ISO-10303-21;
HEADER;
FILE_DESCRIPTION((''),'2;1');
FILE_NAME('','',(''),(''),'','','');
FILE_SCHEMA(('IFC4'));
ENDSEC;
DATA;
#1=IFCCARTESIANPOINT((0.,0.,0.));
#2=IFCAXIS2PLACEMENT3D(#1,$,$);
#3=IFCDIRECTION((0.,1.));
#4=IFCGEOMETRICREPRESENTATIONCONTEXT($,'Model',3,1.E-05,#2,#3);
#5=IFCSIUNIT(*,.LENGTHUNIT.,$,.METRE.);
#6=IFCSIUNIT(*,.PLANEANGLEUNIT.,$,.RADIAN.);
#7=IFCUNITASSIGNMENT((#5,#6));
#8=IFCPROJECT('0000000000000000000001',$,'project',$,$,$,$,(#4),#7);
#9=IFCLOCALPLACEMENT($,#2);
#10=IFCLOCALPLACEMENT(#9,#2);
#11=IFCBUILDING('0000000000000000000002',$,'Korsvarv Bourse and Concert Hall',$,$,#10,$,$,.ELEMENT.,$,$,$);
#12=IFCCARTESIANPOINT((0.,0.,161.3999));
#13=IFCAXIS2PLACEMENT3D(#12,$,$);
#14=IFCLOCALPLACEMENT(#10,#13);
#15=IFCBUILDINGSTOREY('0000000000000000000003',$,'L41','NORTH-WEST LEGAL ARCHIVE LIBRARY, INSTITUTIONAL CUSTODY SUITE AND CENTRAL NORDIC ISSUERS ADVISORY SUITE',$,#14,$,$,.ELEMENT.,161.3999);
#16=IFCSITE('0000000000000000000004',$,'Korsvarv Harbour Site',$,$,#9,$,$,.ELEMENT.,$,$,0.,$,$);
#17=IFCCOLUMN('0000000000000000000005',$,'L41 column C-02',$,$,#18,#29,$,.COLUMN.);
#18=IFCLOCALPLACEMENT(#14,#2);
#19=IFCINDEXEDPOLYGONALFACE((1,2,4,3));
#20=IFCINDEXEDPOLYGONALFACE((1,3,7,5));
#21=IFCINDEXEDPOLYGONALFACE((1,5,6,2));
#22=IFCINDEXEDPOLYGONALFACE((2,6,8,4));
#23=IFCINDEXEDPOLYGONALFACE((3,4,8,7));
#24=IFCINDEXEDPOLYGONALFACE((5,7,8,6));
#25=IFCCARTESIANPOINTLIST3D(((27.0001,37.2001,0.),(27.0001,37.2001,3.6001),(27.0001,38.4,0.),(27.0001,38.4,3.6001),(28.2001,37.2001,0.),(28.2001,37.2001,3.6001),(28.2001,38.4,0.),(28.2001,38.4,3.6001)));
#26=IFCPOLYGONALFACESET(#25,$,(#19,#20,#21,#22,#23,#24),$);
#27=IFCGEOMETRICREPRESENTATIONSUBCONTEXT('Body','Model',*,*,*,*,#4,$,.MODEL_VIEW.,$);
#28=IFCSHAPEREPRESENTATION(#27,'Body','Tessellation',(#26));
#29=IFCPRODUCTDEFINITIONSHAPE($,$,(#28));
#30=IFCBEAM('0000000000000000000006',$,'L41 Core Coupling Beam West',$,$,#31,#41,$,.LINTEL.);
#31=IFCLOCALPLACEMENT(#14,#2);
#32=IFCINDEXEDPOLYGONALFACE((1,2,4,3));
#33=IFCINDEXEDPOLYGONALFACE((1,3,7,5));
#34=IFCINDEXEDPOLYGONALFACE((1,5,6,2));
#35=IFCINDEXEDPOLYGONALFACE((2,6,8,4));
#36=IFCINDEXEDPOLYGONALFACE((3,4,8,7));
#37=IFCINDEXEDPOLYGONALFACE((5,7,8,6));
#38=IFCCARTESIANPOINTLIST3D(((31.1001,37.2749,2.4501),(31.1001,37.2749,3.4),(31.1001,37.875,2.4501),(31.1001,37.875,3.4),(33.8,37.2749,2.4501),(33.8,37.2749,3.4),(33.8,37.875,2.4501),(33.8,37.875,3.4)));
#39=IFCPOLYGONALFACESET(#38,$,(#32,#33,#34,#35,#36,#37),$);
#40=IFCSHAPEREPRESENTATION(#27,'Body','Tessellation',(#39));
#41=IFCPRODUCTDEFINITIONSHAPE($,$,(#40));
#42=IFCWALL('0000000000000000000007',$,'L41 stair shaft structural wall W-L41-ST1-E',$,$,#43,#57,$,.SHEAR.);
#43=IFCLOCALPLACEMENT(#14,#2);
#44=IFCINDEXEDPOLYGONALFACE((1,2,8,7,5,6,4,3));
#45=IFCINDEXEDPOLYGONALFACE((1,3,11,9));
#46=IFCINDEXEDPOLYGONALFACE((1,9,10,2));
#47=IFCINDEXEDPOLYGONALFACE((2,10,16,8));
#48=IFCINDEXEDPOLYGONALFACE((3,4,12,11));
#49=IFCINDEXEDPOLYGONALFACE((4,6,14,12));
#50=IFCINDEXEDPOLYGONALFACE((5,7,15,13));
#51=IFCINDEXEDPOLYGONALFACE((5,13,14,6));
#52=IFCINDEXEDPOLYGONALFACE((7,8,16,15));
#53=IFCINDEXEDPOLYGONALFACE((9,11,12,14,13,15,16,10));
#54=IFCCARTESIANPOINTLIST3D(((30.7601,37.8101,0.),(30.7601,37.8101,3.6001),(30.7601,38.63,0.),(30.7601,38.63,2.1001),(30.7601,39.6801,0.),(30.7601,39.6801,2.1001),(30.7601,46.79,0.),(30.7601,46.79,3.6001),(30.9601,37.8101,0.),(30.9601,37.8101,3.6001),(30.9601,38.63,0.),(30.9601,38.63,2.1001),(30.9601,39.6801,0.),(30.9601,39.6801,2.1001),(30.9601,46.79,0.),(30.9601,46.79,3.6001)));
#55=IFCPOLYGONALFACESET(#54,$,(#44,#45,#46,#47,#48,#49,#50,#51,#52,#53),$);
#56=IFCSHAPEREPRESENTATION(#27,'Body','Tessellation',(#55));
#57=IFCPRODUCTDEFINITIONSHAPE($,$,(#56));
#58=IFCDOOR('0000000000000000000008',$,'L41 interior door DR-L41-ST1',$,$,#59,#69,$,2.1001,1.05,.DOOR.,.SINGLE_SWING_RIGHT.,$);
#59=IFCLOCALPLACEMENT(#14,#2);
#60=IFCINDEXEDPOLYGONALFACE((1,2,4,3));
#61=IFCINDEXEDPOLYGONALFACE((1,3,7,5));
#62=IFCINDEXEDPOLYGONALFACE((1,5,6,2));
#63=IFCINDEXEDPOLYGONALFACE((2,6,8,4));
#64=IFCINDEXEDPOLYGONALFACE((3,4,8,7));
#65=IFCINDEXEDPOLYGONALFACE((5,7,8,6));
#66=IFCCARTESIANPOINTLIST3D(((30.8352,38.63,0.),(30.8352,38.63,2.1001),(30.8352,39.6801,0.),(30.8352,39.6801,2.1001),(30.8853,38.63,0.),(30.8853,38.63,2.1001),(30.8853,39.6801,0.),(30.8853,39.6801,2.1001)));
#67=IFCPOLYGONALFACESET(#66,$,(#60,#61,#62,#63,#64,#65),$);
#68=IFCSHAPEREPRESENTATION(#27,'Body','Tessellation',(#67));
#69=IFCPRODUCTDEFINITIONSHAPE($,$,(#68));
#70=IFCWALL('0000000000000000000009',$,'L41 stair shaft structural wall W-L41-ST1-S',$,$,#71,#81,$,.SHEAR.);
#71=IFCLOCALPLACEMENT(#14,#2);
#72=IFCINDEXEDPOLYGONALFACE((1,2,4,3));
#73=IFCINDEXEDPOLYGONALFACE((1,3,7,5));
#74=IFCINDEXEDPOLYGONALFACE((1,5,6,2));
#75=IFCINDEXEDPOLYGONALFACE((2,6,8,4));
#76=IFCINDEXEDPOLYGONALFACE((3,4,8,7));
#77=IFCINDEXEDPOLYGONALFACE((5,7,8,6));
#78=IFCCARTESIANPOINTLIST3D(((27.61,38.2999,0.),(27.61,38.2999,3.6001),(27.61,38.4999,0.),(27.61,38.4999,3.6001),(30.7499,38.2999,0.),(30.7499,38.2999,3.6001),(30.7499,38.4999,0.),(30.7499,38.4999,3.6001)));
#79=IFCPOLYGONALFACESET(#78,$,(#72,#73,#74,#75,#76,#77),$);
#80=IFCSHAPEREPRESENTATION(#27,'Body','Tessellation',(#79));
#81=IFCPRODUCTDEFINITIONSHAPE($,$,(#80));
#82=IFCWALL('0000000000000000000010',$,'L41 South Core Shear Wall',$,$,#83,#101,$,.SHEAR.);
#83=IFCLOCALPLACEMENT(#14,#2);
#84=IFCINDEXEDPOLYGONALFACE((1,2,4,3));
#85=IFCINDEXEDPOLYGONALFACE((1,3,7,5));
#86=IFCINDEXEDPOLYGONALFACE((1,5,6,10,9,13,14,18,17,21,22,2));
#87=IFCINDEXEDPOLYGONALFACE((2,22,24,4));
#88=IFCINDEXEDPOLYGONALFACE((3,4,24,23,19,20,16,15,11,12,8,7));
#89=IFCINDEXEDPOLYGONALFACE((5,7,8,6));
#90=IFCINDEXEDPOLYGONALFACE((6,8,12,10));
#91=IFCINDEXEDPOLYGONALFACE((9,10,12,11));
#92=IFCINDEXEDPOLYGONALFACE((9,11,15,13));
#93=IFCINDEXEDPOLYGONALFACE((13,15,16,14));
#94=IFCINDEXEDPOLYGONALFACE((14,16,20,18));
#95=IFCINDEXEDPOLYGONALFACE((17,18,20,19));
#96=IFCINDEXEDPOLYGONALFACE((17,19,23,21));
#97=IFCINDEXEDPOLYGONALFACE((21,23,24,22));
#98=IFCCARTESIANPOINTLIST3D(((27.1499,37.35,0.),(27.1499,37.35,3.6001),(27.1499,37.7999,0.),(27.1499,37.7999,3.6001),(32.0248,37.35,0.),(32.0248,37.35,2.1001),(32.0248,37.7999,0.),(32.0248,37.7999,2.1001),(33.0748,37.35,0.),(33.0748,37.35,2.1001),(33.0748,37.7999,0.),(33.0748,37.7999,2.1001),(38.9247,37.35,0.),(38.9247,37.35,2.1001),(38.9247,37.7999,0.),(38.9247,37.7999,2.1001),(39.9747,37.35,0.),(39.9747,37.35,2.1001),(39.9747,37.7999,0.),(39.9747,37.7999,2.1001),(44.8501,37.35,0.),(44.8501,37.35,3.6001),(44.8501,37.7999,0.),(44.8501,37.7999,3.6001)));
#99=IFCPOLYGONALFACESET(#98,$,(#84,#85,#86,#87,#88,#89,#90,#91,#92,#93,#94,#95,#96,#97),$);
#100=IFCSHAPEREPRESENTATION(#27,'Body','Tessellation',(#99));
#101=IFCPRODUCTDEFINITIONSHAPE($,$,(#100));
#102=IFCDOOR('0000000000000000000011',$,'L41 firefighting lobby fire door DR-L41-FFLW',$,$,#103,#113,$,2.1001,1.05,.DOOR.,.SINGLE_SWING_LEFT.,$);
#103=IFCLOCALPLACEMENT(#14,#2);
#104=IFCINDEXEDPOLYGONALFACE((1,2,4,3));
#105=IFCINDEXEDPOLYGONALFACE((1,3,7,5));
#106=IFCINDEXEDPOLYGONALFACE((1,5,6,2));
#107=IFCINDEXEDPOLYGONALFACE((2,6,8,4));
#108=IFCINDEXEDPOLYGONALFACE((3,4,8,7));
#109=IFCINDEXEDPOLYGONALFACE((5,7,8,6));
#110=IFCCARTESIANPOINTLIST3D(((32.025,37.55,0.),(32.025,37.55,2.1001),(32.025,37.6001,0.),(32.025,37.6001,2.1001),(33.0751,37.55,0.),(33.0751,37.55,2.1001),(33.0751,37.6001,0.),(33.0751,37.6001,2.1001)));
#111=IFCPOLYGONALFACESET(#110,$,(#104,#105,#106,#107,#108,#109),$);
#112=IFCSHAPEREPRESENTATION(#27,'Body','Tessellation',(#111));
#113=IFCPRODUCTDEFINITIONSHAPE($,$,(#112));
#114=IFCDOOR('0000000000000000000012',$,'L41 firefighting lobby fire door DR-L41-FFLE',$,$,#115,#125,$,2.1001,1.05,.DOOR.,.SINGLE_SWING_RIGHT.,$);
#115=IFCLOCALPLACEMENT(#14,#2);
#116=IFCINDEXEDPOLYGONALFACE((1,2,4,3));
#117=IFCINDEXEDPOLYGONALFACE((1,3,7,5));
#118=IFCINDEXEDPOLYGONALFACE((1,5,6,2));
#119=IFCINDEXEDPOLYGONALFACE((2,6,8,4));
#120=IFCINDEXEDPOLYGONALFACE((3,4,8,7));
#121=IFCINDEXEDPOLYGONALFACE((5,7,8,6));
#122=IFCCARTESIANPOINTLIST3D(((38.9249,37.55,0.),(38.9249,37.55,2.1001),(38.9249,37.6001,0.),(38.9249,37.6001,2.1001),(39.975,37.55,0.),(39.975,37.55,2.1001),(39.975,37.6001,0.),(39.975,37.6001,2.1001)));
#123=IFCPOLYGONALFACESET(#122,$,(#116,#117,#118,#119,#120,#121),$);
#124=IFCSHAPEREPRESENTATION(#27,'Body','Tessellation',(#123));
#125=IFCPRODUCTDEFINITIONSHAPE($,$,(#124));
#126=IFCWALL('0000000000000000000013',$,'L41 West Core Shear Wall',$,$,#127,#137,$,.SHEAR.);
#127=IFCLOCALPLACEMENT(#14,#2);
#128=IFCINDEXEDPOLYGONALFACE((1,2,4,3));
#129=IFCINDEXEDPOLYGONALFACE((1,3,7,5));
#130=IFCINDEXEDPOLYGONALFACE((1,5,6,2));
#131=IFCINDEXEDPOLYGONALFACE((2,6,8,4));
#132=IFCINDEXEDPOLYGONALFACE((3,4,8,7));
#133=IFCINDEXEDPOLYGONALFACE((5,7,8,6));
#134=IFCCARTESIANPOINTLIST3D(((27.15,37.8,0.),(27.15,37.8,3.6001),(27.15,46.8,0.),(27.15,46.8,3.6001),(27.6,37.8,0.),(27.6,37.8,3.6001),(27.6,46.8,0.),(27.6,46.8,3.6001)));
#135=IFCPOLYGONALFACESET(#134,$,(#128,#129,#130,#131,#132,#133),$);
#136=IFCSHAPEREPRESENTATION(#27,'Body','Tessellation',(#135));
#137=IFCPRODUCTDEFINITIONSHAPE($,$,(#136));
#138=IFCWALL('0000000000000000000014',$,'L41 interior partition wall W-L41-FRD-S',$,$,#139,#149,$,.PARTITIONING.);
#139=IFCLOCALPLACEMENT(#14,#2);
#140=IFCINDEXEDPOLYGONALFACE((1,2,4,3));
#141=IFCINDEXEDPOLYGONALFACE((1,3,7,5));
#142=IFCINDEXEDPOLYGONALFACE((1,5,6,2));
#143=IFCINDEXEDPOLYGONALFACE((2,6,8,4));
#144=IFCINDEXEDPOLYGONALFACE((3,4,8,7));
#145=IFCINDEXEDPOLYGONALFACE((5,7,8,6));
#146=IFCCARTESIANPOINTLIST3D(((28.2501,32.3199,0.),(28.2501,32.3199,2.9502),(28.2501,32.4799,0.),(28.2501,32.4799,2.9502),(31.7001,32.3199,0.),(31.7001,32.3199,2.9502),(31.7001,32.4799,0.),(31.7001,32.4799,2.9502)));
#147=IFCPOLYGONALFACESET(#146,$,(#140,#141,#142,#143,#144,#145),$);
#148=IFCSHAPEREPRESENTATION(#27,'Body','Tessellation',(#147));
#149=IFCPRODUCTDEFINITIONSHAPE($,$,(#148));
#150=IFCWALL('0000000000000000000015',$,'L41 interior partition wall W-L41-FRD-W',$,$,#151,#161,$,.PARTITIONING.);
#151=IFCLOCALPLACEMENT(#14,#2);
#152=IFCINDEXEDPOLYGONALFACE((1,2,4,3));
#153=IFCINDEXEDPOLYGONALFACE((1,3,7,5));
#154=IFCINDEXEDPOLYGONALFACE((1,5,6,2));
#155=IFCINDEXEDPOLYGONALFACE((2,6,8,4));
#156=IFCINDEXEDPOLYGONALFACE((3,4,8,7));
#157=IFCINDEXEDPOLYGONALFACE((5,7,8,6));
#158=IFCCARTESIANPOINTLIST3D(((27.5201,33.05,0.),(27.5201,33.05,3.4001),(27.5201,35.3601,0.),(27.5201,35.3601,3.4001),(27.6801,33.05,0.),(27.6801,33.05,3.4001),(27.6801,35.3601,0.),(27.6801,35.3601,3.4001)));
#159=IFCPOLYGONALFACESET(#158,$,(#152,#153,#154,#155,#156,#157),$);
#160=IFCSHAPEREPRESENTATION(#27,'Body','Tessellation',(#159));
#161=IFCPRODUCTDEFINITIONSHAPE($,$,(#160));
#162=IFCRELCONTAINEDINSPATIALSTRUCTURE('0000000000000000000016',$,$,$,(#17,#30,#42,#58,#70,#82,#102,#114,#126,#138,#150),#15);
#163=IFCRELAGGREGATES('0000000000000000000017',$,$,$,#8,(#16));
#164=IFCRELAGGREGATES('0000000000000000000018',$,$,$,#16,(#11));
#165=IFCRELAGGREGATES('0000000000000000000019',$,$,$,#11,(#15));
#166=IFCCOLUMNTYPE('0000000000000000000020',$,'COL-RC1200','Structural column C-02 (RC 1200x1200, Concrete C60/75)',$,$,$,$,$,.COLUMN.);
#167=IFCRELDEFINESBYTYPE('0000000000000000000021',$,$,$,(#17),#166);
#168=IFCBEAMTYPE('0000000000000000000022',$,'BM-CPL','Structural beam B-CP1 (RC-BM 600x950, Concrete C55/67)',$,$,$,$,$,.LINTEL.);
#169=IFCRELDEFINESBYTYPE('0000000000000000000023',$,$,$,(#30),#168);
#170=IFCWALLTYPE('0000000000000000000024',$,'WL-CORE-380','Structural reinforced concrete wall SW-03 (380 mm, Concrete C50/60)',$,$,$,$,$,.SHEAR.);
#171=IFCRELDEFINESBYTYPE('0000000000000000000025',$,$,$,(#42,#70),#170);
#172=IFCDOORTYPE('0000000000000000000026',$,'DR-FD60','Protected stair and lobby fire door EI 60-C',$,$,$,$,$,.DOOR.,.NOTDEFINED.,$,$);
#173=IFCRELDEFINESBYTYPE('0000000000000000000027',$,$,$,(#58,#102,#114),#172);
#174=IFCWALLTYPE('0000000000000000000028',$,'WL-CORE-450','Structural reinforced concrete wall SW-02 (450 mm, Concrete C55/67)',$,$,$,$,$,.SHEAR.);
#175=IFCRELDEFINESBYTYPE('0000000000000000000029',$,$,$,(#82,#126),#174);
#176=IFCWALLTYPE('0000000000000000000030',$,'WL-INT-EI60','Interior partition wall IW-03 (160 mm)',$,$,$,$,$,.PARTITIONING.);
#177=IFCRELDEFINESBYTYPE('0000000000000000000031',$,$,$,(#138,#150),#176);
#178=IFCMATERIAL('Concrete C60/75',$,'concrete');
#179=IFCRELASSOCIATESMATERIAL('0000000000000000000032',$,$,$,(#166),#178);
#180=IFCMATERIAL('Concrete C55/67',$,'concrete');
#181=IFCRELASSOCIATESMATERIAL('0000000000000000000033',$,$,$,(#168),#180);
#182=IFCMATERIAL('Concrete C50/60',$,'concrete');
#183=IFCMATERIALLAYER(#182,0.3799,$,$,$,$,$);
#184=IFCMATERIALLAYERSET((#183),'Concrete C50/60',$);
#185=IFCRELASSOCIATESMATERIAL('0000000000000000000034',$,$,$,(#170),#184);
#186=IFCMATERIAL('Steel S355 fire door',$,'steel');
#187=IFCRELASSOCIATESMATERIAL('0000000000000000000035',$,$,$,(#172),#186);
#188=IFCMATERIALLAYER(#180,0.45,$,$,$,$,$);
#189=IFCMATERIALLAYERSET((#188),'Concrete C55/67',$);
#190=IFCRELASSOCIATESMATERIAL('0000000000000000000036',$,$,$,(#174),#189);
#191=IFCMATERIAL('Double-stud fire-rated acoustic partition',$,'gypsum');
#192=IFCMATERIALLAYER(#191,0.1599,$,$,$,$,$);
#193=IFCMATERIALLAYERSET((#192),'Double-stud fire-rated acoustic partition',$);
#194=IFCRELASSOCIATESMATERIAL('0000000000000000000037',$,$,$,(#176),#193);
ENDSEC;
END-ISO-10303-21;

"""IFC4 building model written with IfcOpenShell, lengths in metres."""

from ifc_helpers import new_model, si_unit, direction, frame, frame_2d, origin, origin_2d, place, context, subcontext, project, spatial, rectangle, extrude, source, transform, mapped, material, layer, layer_set, material_profile, profile_set, type_object, element, fill, save


model = new_model("IFC4")

# Units and contexts
model_context = context("Model", 3, precision=1e-05, world=origin(), true_north=direction((0.0, 1.0)))
body_context = subcontext(model_context, "Body", "Model", "MODEL_VIEW")
ifc_project = project(units=[si_unit("LENGTHUNIT", "METRE"), si_unit("PLANEANGLEUNIT", "RADIAN")], contexts=[model_context])

# Site, building, storey
site_placement = place(None, origin())
site = spatial("IfcSite", under=ifc_project, at=site_placement, Name="Korsvarv Harbour Site", CompositionType="ELEMENT", RefElevation=0.0)
building_placement = place(site_placement, origin())
building = spatial("IfcBuilding", under=site, at=building_placement, Name="Korsvarv Bourse and Concert Hall", CompositionType="ELEMENT")
storey_placement = place(building_placement, frame((0.0, 0.0, 161.3999)))
storey = spatial("IfcBuildingStorey", under=building, at=storey_placement, Name="L41", Description="NORTH-WEST LEGAL ARCHIVE LIBRARY, INSTITUTIONAL CUSTODY SUITE AND CENTRAL NORDIC ISSUERS ADVISORY SUITE", CompositionType="ELEMENT", Elevation=161.3999)

# Column
ifc_material_1 = material(Name="Concrete C60/75", Category="concrete")
ifc_material_profile_1 = material_profile(ifc_material_1, rectangle(XDim=1.2, YDim=1.2, at=origin_2d()), Name="RC 1200x1200")
ifc_profile_set_1 = profile_set([ifc_material_profile_1], Name="Concrete C60/75")
column_type = type_object("IfcColumnType", Name="COL-RC1200", Description="Structural column C-02 (RC 1200x1200, Concrete C60/75)", PredefinedType="COLUMN", material=ifc_profile_set_1)
shared_shape_1 = source(origin(), body_context, "Body", "SweptSolid", [
    extrude(rectangle(XDim=1.2, YDim=1.2, at=origin_2d()), origin(), (0.0, 0.0, 1.0), 3.6001),
])
column_placement = place(storey_placement, frame((27.6001, 37.8, 0.0), z_axis=(0.0, 0.0, 1.0), x_axis=(1.0, 0.0, 0.0)))
element("IfcColumn", 1, at=column_placement, inside=storey, type_object=column_type, Name="L41 column C-02", PredefinedType="COLUMN", context=body_context, shape_type="MappedRepresentation", body=[
    mapped(shared_shape_1, transform((0.0, 0.0, 0.0), scale=1.0)),
])

# Beam
ifc_material_2 = material(Name="Concrete C55/67", Category="concrete")
ifc_material_profile_2 = material_profile(ifc_material_2, rectangle(XDim=0.6001, YDim=0.95, at=origin_2d()), Name="RC-BM 600x950")
ifc_profile_set_2 = profile_set([ifc_material_profile_2], Name="Concrete C55/67")
beam_type = type_object("IfcBeamType", Name="BM-CPL", Description="Structural beam B-CP1 (RC-BM 600x950, Concrete C55/67)", PredefinedType="LINTEL", material=ifc_profile_set_2)
shared_shape_2 = source(origin(), body_context, "Body", "SweptSolid", [
    extrude(rectangle(XDim=0.6001, YDim=0.95, at=origin_2d()), origin(), (0.0, 0.0, 1.0), 2.7),
])
beam_placement = place(storey_placement, frame((31.1001, 37.575, 2.925), z_axis=(1.0, 0.0, 0.0), x_axis=(0.0, 1.0, 0.0)))
element("IfcBeam", 2, at=beam_placement, inside=storey, type_object=beam_type, Name="L41 Core Coupling Beam West", PredefinedType="LINTEL", context=body_context, shape_type="MappedRepresentation", body=[
    mapped(shared_shape_2, transform((0.0, 0.0, 0.0), scale=1.0)),
])

# Wall, opening, door
ifc_material_3 = material(Name="Concrete C50/60", Category="concrete")
ifc_layer_1 = layer(ifc_material_3, 0.3799)
ifc_layer_set_1 = layer_set([ifc_layer_1], Name="Concrete C50/60")
wall_type_1 = type_object("IfcWallType", Name="WL-CORE-380", Description="Structural reinforced concrete wall SW-03 (380 mm, Concrete C50/60)", PredefinedType="SHEAR", material=ifc_layer_set_1)
wall_1_placement = place(storey_placement, frame((30.8601, 37.8101, 0.0), z_axis=(0.0, 0.0, 1.0), x_axis=(0.0, 1.0, 0.0)))
wall_1 = element("IfcWall", 3, at=wall_1_placement, inside=storey, type_object=wall_type_1, Name="L41 stair shaft structural wall W-L41-ST1-E", PredefinedType="SHEAR", context=body_context, shape_type="SweptSolid", body=[
    extrude(rectangle(XDim=8.98, YDim=0.2, at=frame_2d((4.49, 0.0))), origin(), (0.0, 0.0, 1.0), 3.6001),
])
opening_1_placement = place(wall_1_placement, frame((0.8201, 0.0, 0.0)))
opening_1 = element("IfcOpeningElement", 4, at=opening_1_placement, cuts=wall_1, PredefinedType="OPENING", context=body_context, shape_type="SweptSolid", body=[
    extrude(rectangle(XDim=1.05, YDim=2.1001, at=frame_2d((0.5249, 1.05))), frame((0.0, 0.1099, 0.0), z_axis=(0.0, -1.0, 0.0), x_axis=(1.0, 0.0, 0.0)), (0.0, 0.0, 1.0), 0.22),
])
ifc_material_4 = material(Name="Steel S355 fire door", Category="steel")
door_type_1 = type_object("IfcDoorType", Name="DR-FD60", Description="Protected stair and lobby fire door EI 60-C", OperationType="NOTDEFINED", PredefinedType="DOOR", material=ifc_material_4)
door_1_placement = place(opening_1_placement, origin())
door_1 = element("IfcDoor", 5, at=door_1_placement, inside=storey, type_object=door_type_1, Name="L41 interior door DR-L41-ST1", OperationType="SINGLE_SWING_RIGHT", OverallHeight=2.1001, OverallWidth=1.05, PredefinedType="DOOR", context=body_context, shape_type="SweptSolid", body=[
    extrude(rectangle(XDim=1.05, YDim=2.1001, at=frame_2d((0.5249, 1.05))), frame((0.0, 0.0249, 0.0), z_axis=(0.0, -1.0, 0.0), x_axis=(1.0, 0.0, 0.0)), (0.0, 0.0, 1.0), 0.05),
])
fill(opening_1, door_1)

# Wall
wall_2_placement = place(storey_placement, frame((27.6101, 38.3999, 0.0), z_axis=(0.0, 0.0, 1.0), x_axis=(1.0, 0.0, 0.0)))
element("IfcWall", 6, at=wall_2_placement, inside=storey, type_object=wall_type_1, Name="L41 stair shaft structural wall W-L41-ST1-S", PredefinedType="SHEAR", context=body_context, shape_type="SweptSolid", body=[
    extrude(rectangle(XDim=3.1399, YDim=0.2, at=frame_2d((1.5698, 0.0))), origin(), (0.0, 0.0, 1.0), 3.6001),
])

# Wall, openings, doors
ifc_layer_2 = layer(ifc_material_2, 0.45)
ifc_layer_set_2 = layer_set([ifc_layer_2], Name="Concrete C55/67")
wall_type_2 = type_object("IfcWallType", Name="WL-CORE-450", Description="Structural reinforced concrete wall SW-02 (450 mm, Concrete C55/67)", PredefinedType="SHEAR", material=ifc_layer_set_2)
wall_3_placement = place(storey_placement, frame((27.1499, 37.575, 0.0), z_axis=(0.0, 0.0, 1.0), x_axis=(1.0, 0.0, 0.0)))
wall_3 = element("IfcWall", 7, at=wall_3_placement, inside=storey, type_object=wall_type_2, Name="L41 South Core Shear Wall", PredefinedType="SHEAR", context=body_context, shape_type="SweptSolid", body=[
    extrude(rectangle(XDim=17.7002, YDim=0.45, at=frame_2d((8.8501, 0.0))), origin(), (0.0, 0.0, 1.0), 3.6001),
])
opening_2_placement = place(wall_3_placement, frame((4.875, 0.0, 0.0)))
opening_2 = element("IfcOpeningElement", 8, at=opening_2_placement, cuts=wall_3, PredefinedType="OPENING", context=body_context, shape_type="SweptSolid", body=[
    extrude(rectangle(XDim=1.05, YDim=2.1001, at=frame_2d((0.5249, 1.05))), frame((0.0, 0.2349, 0.0), z_axis=(0.0, -1.0, 0.0), x_axis=(1.0, 0.0, 0.0)), (0.0, 0.0, 1.0), 0.47),
])
opening_3_placement = place(wall_3_placement, frame((11.7749, 0.0, 0.0)))
opening_3 = element("IfcOpeningElement", 9, at=opening_3_placement, cuts=wall_3, PredefinedType="OPENING", context=body_context, shape_type="SweptSolid", body=[
    extrude(rectangle(XDim=1.05, YDim=2.1001, at=frame_2d((0.5249, 1.05))), frame((0.0, 0.2349, 0.0), z_axis=(0.0, -1.0, 0.0), x_axis=(1.0, 0.0, 0.0)), (0.0, 0.0, 1.0), 0.47),
])
door_2_placement = place(opening_2_placement, frame((1.05, 0.0, 0.0), z_axis=(0.0, 0.0, 1.0), x_axis=(-1.0, 0.0, 0.0)))
door_2 = element("IfcDoor", 10, at=door_2_placement, inside=storey, type_object=door_type_1, Name="L41 firefighting lobby fire door DR-L41-FFLW", OperationType="SINGLE_SWING_LEFT", OverallHeight=2.1001, OverallWidth=1.05, PredefinedType="DOOR", context=body_context, shape_type="SweptSolid", body=[
    extrude(rectangle(XDim=1.05, YDim=2.1001, at=frame_2d((0.5249, 1.05))), frame((0.0, 0.0249, 0.0), z_axis=(0.0, -1.0, 0.0), x_axis=(1.0, 0.0, 0.0)), (0.0, 0.0, 1.0), 0.05),
])
fill(opening_2, door_2)
door_3_placement = place(opening_3_placement, frame((1.05, 0.0, 0.0), z_axis=(0.0, 0.0, 1.0), x_axis=(-1.0, 0.0, 0.0)))
door_3 = element("IfcDoor", 11, at=door_3_placement, inside=storey, type_object=door_type_1, Name="L41 firefighting lobby fire door DR-L41-FFLE", OperationType="SINGLE_SWING_RIGHT", OverallHeight=2.1001, OverallWidth=1.05, PredefinedType="DOOR", context=body_context, shape_type="SweptSolid", body=[
    extrude(rectangle(XDim=1.05, YDim=2.1001, at=frame_2d((0.5249, 1.05))), frame((0.0, 0.0249, 0.0), z_axis=(0.0, -1.0, 0.0), x_axis=(1.0, 0.0, 0.0)), (0.0, 0.0, 1.0), 0.05),
])
fill(opening_3, door_3)

# Walls
wall_4_placement = place(storey_placement, frame((27.375, 37.8, 0.0), z_axis=(0.0, 0.0, 1.0), x_axis=(0.0, 1.0, 0.0)))
element("IfcWall", 12, at=wall_4_placement, inside=storey, type_object=wall_type_2, Name="L41 West Core Shear Wall", PredefinedType="SHEAR", context=body_context, shape_type="SweptSolid", body=[
    extrude(rectangle(XDim=9.0, YDim=0.45, at=frame_2d((4.5, 0.0))), origin(), (0.0, 0.0, 1.0), 3.6001),
])
ifc_material_5 = material(Name="Double-stud fire-rated acoustic partition", Category="gypsum")
ifc_layer_3 = layer(ifc_material_5, 0.1599)
ifc_layer_set_3 = layer_set([ifc_layer_3], Name="Double-stud fire-rated acoustic partition")
wall_type_3 = type_object("IfcWallType", Name="WL-INT-EI60", Description="Interior partition wall IW-03 (160 mm)", PredefinedType="PARTITIONING", material=ifc_layer_set_3)
wall_5_placement = place(storey_placement, frame((28.25, 32.3999, 0.0), z_axis=(0.0, 0.0, 1.0), x_axis=(1.0, 0.0, 0.0)))
element("IfcWall", 13, at=wall_5_placement, inside=storey, type_object=wall_type_3, Name="L41 interior partition wall W-L41-FRD-S", PredefinedType="PARTITIONING", context=body_context, shape_type="SweptSolid", body=[
    extrude(rectangle(XDim=3.45, YDim=0.1599, at=frame_2d((1.7251, 0.0))), origin(), (0.0, 0.0, 1.0), 2.9502),
])
wall_6_placement = place(storey_placement, frame((27.6001, 33.05, 0.0), z_axis=(0.0, 0.0, 1.0), x_axis=(0.0, 1.0, 0.0)))
element("IfcWall", 14, at=wall_6_placement, inside=storey, type_object=wall_type_3, Name="L41 interior partition wall W-L41-FRD-W", PredefinedType="PARTITIONING", context=body_context, shape_type="SweptSolid", body=[
    extrude(rectangle(XDim=2.3101, YDim=0.1599, at=frame_2d((1.155, 0.0))), origin(), (0.0, 0.0, 1.0), 3.4001),
])

save(model, "model.ifc")
